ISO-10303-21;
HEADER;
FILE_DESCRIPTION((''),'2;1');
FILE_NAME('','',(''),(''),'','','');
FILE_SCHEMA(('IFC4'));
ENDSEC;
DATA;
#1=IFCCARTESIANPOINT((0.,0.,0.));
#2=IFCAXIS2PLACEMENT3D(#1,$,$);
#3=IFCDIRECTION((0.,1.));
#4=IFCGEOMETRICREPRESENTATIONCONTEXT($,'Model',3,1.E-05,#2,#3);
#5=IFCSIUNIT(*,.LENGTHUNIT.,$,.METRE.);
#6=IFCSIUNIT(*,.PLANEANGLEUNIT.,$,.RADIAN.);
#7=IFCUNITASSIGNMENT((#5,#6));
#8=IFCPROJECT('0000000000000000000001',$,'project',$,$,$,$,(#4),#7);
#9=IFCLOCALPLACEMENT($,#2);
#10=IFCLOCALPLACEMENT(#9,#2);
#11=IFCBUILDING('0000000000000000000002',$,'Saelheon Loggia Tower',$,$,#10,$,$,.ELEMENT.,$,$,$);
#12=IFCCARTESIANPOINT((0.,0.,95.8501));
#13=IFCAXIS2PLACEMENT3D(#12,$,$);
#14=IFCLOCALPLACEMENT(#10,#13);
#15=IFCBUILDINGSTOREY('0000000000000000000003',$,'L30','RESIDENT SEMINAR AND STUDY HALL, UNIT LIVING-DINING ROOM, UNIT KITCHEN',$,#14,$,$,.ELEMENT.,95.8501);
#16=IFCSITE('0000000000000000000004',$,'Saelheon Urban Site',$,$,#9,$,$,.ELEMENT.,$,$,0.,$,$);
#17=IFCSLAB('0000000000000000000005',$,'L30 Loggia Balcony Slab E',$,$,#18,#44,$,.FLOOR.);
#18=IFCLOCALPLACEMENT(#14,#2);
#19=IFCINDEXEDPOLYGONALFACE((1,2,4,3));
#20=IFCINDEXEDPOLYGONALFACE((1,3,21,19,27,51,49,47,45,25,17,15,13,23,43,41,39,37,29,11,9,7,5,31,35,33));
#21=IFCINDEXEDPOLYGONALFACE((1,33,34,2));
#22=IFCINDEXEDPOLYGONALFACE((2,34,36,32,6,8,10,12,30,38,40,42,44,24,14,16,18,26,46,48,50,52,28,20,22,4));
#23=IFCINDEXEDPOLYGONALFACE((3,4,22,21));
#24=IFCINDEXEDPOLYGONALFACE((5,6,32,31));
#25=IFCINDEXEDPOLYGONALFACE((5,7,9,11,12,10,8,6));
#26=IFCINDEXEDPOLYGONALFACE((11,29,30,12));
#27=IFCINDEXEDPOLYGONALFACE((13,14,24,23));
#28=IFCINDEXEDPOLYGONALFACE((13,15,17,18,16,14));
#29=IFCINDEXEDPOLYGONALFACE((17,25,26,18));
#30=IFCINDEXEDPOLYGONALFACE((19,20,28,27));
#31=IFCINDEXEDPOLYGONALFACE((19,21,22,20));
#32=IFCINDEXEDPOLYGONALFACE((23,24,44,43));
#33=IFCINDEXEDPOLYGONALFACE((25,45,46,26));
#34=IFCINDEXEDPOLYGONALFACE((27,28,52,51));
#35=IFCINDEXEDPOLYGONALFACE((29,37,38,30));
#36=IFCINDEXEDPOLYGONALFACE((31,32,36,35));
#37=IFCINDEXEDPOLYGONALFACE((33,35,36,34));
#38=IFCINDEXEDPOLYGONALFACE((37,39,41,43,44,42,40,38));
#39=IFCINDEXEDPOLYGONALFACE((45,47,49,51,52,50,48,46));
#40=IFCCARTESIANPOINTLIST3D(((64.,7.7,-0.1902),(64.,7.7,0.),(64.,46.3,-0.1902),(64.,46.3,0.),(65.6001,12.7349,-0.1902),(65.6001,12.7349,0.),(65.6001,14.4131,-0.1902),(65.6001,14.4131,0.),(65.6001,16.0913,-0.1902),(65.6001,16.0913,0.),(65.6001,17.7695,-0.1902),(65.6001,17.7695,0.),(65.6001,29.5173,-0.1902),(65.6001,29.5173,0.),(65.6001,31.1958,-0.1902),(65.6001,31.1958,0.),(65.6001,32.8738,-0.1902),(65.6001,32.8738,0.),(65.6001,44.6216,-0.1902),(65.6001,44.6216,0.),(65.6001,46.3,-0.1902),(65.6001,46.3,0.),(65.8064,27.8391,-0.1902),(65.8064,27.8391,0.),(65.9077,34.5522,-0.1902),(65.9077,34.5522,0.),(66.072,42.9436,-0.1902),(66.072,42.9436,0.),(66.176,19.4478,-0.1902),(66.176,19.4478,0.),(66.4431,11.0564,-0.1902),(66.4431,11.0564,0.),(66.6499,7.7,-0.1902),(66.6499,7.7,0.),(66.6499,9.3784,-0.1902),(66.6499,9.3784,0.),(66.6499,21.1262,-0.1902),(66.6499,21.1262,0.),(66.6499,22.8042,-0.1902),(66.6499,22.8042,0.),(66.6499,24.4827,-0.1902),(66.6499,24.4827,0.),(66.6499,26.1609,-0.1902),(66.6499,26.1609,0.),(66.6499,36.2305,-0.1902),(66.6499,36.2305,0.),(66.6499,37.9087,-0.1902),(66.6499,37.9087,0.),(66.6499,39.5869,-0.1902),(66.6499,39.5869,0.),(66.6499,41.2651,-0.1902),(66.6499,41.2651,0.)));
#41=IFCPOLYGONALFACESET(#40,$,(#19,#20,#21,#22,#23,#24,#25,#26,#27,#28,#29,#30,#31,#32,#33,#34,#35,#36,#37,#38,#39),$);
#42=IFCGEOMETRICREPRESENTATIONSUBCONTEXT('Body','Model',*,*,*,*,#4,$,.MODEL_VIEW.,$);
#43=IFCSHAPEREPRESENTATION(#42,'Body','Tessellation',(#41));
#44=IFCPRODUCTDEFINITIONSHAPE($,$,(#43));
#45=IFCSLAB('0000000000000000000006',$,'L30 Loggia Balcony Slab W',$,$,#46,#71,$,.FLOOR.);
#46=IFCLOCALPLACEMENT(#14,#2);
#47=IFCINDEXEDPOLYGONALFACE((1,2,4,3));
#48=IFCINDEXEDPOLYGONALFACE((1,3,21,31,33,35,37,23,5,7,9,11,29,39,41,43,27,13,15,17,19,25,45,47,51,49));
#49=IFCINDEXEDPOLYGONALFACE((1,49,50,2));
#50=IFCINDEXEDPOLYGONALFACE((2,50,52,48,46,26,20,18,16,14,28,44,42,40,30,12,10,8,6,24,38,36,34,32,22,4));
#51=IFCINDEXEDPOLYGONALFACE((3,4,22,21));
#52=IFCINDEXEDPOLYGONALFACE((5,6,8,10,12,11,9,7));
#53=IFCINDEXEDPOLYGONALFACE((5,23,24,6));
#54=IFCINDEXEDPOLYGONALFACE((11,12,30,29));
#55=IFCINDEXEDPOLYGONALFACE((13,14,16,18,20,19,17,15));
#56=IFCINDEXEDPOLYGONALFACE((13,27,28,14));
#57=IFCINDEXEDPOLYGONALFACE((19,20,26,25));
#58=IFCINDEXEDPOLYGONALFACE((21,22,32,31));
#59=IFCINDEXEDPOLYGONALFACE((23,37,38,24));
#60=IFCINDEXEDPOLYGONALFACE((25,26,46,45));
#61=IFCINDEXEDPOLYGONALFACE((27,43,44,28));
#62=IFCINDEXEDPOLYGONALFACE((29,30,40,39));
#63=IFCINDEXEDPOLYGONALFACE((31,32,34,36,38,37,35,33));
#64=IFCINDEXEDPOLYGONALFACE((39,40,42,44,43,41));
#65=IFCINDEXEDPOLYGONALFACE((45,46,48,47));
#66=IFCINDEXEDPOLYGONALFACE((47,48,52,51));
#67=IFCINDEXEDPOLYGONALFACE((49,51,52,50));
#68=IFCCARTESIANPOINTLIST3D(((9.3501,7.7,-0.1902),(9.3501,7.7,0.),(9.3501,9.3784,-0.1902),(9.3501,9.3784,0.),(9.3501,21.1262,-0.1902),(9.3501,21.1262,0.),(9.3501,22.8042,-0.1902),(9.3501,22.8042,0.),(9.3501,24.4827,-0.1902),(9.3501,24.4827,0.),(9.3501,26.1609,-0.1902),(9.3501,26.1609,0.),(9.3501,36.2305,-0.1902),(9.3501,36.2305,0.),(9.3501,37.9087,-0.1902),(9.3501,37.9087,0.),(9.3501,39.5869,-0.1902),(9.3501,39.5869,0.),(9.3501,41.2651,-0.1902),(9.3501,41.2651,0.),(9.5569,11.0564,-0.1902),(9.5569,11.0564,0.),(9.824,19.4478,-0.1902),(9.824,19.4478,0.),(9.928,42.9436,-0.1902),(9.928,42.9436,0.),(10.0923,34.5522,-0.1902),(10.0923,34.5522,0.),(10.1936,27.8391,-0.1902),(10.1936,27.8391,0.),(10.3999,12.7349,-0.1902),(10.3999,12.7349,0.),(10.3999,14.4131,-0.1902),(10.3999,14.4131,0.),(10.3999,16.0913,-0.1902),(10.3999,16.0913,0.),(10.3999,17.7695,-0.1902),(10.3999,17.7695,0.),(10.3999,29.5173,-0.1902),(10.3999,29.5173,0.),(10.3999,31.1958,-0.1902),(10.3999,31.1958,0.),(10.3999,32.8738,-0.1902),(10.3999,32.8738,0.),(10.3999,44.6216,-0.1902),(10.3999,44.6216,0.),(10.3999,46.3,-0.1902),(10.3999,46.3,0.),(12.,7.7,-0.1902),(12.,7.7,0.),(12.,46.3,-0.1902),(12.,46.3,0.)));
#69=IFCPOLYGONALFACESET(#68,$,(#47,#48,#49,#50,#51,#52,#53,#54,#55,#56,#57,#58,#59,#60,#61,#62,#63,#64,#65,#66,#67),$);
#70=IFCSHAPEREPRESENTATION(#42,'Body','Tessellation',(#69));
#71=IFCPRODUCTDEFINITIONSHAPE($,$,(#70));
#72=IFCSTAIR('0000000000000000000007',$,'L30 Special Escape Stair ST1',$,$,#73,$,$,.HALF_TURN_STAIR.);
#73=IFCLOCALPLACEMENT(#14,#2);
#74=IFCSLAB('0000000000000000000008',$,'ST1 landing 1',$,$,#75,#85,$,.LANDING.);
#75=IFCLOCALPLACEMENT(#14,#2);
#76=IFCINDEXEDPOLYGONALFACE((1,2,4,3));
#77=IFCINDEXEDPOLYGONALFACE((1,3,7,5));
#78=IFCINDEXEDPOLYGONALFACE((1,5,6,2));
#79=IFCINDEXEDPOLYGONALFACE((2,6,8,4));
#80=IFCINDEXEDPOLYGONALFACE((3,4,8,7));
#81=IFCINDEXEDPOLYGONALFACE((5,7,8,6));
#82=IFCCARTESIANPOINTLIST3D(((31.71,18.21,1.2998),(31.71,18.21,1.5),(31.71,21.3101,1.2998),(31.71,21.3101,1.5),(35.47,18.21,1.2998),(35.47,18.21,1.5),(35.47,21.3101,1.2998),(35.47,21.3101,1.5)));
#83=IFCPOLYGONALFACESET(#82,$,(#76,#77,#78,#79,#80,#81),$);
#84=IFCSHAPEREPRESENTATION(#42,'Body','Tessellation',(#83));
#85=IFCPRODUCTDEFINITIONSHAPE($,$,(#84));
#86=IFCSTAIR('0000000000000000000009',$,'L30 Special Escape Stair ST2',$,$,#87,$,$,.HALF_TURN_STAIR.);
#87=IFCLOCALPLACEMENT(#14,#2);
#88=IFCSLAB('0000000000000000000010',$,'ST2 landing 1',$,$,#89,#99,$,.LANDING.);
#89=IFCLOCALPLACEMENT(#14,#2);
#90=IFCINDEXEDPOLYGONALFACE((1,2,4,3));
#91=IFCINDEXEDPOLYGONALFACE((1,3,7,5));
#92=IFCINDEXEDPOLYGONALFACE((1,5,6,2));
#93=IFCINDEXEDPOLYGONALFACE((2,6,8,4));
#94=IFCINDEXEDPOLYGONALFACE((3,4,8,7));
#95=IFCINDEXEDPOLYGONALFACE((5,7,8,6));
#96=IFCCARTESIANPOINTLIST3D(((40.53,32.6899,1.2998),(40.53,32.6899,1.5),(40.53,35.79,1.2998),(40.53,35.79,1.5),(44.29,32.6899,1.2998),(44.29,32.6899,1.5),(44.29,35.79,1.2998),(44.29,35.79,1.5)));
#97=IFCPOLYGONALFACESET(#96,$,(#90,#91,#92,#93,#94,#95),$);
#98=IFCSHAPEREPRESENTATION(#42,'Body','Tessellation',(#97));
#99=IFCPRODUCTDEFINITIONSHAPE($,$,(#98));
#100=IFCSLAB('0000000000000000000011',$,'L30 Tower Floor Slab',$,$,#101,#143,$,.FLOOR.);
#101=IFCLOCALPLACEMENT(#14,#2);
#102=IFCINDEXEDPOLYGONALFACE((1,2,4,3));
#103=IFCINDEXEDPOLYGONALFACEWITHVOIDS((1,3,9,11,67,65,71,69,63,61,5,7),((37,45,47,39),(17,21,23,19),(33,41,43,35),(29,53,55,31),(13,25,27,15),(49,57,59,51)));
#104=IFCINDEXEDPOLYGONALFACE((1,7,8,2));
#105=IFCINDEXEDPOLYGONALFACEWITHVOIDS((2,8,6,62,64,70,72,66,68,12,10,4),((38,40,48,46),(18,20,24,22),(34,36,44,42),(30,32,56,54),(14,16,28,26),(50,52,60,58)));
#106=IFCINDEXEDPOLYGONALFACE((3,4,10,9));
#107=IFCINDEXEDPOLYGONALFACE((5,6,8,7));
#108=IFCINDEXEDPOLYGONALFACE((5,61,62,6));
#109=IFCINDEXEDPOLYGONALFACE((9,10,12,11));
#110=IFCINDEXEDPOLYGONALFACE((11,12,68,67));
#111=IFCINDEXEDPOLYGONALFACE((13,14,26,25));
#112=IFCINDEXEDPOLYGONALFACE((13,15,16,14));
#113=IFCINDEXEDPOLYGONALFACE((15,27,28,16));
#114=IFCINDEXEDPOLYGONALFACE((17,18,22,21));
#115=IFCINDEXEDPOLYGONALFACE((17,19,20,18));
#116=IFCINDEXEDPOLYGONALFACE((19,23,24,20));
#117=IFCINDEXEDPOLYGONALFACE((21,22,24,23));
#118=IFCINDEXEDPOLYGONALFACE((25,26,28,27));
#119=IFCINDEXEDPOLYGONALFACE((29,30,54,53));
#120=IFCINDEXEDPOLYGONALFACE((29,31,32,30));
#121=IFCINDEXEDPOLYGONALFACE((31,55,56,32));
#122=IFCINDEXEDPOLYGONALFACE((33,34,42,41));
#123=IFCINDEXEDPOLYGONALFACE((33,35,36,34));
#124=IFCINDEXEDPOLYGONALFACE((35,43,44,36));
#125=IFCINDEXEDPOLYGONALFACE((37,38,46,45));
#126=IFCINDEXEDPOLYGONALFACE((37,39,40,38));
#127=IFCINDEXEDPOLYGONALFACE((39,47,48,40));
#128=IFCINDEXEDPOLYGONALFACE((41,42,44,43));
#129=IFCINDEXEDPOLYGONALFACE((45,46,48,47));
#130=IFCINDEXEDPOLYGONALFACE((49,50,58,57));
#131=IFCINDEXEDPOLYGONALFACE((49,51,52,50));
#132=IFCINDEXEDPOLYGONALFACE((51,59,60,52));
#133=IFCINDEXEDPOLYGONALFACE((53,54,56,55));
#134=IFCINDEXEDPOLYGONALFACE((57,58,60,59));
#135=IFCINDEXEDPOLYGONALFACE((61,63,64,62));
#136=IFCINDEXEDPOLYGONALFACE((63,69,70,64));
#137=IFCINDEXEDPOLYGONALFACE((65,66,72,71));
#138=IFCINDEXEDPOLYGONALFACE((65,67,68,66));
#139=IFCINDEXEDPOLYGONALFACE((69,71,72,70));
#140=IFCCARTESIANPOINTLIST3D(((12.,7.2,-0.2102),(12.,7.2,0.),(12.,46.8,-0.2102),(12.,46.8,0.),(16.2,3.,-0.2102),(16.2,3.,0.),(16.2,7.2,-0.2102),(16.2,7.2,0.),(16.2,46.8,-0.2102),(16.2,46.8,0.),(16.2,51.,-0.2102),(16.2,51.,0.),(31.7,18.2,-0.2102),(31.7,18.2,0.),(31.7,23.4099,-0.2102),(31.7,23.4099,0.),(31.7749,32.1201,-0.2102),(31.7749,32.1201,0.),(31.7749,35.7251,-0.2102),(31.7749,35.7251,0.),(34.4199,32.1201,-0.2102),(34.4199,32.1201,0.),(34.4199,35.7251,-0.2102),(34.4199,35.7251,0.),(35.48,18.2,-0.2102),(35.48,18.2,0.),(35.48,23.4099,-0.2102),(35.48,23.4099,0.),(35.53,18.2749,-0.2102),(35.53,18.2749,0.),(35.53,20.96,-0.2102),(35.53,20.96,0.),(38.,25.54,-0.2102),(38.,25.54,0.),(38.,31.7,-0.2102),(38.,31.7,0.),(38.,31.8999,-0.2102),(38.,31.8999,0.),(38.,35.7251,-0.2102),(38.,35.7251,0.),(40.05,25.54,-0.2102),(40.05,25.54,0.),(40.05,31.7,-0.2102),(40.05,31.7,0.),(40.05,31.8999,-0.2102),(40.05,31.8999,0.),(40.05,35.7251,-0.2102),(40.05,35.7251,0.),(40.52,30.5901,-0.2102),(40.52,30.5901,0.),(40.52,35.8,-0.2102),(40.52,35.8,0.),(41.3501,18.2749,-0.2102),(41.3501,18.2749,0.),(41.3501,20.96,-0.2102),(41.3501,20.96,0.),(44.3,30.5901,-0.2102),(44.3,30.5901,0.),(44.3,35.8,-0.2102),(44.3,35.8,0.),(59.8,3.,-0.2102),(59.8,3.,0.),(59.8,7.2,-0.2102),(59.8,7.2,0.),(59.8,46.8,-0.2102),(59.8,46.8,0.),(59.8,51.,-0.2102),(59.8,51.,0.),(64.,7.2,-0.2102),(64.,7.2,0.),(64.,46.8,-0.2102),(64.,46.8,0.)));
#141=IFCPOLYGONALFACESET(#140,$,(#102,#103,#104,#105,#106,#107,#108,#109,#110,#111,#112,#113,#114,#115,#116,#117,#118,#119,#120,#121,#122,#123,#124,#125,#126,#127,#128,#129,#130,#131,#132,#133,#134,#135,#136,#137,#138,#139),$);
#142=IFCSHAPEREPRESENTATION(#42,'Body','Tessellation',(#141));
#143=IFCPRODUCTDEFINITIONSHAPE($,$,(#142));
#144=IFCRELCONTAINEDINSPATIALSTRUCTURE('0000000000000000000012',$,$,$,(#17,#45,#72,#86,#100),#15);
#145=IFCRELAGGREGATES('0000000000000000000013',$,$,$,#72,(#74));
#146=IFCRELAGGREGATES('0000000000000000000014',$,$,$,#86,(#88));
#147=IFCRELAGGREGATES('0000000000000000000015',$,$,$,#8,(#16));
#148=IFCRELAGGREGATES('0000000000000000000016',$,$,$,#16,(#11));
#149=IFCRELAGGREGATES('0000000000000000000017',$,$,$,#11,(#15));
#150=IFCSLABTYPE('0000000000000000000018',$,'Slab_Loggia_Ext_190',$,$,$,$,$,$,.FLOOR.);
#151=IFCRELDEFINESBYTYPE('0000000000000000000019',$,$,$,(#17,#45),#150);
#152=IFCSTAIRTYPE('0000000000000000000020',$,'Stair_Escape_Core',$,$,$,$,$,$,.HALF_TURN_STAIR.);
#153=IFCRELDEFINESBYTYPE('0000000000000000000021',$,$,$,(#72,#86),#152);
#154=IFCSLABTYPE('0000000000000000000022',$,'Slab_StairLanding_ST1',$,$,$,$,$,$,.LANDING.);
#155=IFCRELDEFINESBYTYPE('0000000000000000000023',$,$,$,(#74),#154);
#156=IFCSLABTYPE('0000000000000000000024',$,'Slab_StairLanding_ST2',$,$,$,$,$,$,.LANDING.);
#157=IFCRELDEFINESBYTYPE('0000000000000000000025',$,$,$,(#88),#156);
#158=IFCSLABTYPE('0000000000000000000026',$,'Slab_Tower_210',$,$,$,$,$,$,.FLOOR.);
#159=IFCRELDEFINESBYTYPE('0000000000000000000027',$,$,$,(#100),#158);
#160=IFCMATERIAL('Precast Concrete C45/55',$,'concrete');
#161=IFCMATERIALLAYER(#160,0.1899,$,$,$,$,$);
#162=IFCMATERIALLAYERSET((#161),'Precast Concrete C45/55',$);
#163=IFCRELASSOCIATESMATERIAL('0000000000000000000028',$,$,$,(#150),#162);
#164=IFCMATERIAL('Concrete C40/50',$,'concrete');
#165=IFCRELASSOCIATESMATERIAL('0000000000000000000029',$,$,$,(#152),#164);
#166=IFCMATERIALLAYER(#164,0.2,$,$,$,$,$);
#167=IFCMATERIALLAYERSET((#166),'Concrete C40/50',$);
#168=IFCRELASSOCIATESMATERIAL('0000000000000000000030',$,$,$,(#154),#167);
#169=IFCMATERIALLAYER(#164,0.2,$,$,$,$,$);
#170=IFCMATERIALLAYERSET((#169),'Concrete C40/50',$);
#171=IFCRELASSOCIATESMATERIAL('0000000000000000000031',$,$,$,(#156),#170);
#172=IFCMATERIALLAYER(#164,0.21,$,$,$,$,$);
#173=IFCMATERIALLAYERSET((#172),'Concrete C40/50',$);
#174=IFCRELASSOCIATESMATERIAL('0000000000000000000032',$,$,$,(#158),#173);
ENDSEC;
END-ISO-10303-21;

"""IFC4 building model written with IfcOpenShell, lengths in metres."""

from ifc_helpers import new_model, si_unit, direction, frame, origin, place, context, subcontext, project, spatial, polyline, outline, extrude, material, layer, layer_set, type_object, element, aggregate, save


model = new_model("IFC4")

# Units and contexts
model_context = context("Model", 3, precision=1e-05, world=origin(), true_north=direction((0.0, 1.0)))
body_context = subcontext(model_context, "Body", "Model", "MODEL_VIEW")
ifc_project = project(units=[si_unit("LENGTHUNIT", "METRE"), si_unit("PLANEANGLEUNIT", "RADIAN")], contexts=[model_context])

# Site, building, storey
site_placement = place(None, origin())
site = spatial("IfcSite", under=ifc_project, at=site_placement, Name="Saelheon Urban Site", CompositionType="ELEMENT", RefElevation=0.0)
building_placement = place(site_placement, origin())
building = spatial("IfcBuilding", under=site, at=building_placement, Name="Saelheon Loggia Tower", CompositionType="ELEMENT")
storey_placement = place(building_placement, frame((0.0, 0.0, 95.8501)))
storey = spatial("IfcBuildingStorey", under=building, at=storey_placement, Name="L30", Description="RESIDENT SEMINAR AND STUDY HALL, UNIT LIVING-DINING ROOM, UNIT KITCHEN", CompositionType="ELEMENT", Elevation=95.8501)

# Shared definitions
ifc_material_1 = material(Name="Precast Concrete C45/55", Category="concrete")

# Shared definitions
ifc_material_2 = material(Name="Concrete C40/50", Category="concrete")

# Slabs
ifc_layer_1 = layer(ifc_material_1, 0.1899)
ifc_layer_set_1 = layer_set([ifc_layer_1], Name="Precast Concrete C45/55")
slab_type_1 = type_object("IfcSlabType", Name="Slab_Loggia_Ext_190", PredefinedType="FLOOR", material=ifc_layer_set_1)
slab_1_placement = place(storey_placement, frame((0.0, 0.0, -0.1902)))
element("IfcSlab", 1, at=slab_1_placement, inside=storey, type_object=slab_type_1, Name="L30 Loggia Balcony Slab E", PredefinedType="FLOOR", context=body_context, shape_type="SweptSolid", body=[
    extrude(outline(polyline([(64.0, 7.7), (66.6499, 7.7), (66.6499, 9.3784), (66.4431, 11.0564), (65.6001, 12.7349), (65.6001, 14.4131), (65.6001, 16.0913), (65.6001, 17.7695), (66.176, 19.4478), (66.6499, 21.1262), (66.6499, 22.8042), (66.6499, 24.4827), (66.6499, 26.1609), (65.8064, 27.8391), (65.6001, 29.5173), (65.6001, 31.1958), (65.6001, 32.8738), (65.9077, 34.5522), (66.6499, 36.2305), (66.6499, 37.9087), (66.6499, 39.5869), (66.6499, 41.2651), (66.072, 42.9436), (65.6001, 44.6216), (65.6001, 46.3), (64.0, 46.3), (64.0, 7.7)])), origin(), (0.0, 0.0, 1.0), 0.1902),
])
slab_2_placement = place(storey_placement, frame((0.0, 0.0, -0.1902)))
element("IfcSlab", 2, at=slab_2_placement, inside=storey, type_object=slab_type_1, Name="L30 Loggia Balcony Slab W", PredefinedType="FLOOR", context=body_context, shape_type="SweptSolid", body=[
    extrude(outline(polyline([(12.0, 7.7), (12.0, 46.3), (10.3999, 46.3), (10.3999, 44.6216), (9.928, 42.9436), (9.3501, 41.2651), (9.3501, 39.5869), (9.3501, 37.9087), (9.3501, 36.2305), (10.0923, 34.5522), (10.3999, 32.8738), (10.3999, 31.1958), (10.3999, 29.5173), (10.1936, 27.8391), (9.3501, 26.1609), (9.3501, 24.4827), (9.3501, 22.8042), (9.3501, 21.1262), (9.824, 19.4478), (10.3999, 17.7695), (10.3999, 16.0913), (10.3999, 14.4131), (10.3999, 12.7349), (9.5569, 11.0564), (9.3501, 9.3784), (9.3501, 7.7), (12.0, 7.7)])), origin(), (0.0, 0.0, 1.0), 0.1902),
])

# Stairs, slabs
stair_type = type_object("IfcStairType", Name="Stair_Escape_Core", PredefinedType="HALF_TURN_STAIR", material=ifc_material_2)
stair_1_placement = place(storey_placement, origin())
stair_1 = element("IfcStair", 3, at=stair_1_placement, inside=storey, type_object=stair_type, Name="L30 Special Escape Stair ST1", PredefinedType="HALF_TURN_STAIR")
ifc_layer_2 = layer(ifc_material_2, 0.2)
ifc_layer_set_2 = layer_set([ifc_layer_2], Name="Concrete C40/50")
slab_type_2 = type_object("IfcSlabType", Name="Slab_StairLanding_ST1", PredefinedType="LANDING", material=ifc_layer_set_2)
slab_3_placement = place(storey_placement, frame((0.0, 0.0, 1.2998)))
slab_3 = element("IfcSlab", 4, at=slab_3_placement, type_object=slab_type_2, Name="ST1 landing 1", PredefinedType="LANDING", context=body_context, shape_type="SweptSolid", body=[
    extrude(outline(polyline([(31.71, 21.3101), (31.71, 18.21), (35.47, 18.21), (35.47, 21.3101), (31.71, 21.3101)])), origin(), (0.0, 0.0, 1.0), 0.2002),
])
aggregate(stair_1, [slab_3])
stair_2_placement = place(storey_placement, origin())
stair_2 = element("IfcStair", 5, at=stair_2_placement, inside=storey, type_object=stair_type, Name="L30 Special Escape Stair ST2", PredefinedType="HALF_TURN_STAIR")
ifc_layer_3 = layer(ifc_material_2, 0.2)
ifc_layer_set_3 = layer_set([ifc_layer_3], Name="Concrete C40/50")
slab_type_3 = type_object("IfcSlabType", Name="Slab_StairLanding_ST2", PredefinedType="LANDING", material=ifc_layer_set_3)
slab_4_placement = place(storey_placement, frame((0.0, 0.0, 1.2998)))
slab_4 = element("IfcSlab", 6, at=slab_4_placement, type_object=slab_type_3, Name="ST2 landing 1", PredefinedType="LANDING", context=body_context, shape_type="SweptSolid", body=[
    extrude(outline(polyline([(44.29, 32.6899), (44.29, 35.79), (40.53, 35.79), (40.53, 32.6899), (44.29, 32.6899)])), origin(), (0.0, 0.0, 1.0), 0.2002),
])
aggregate(stair_2, [slab_4])

# Slab
ifc_layer_4 = layer(ifc_material_2, 0.21)
ifc_layer_set_4 = layer_set([ifc_layer_4], Name="Concrete C40/50")
slab_type_4 = type_object("IfcSlabType", Name="Slab_Tower_210", PredefinedType="FLOOR", material=ifc_layer_set_4)
slab_5_placement = place(storey_placement, frame((0.0, 0.0, -0.2102)))
element("IfcSlab", 7, at=slab_5_placement, inside=storey, type_object=slab_type_4, Name="L30 Tower Floor Slab", PredefinedType="FLOOR", context=body_context, shape_type="SweptSolid", body=[
    extrude(outline(polyline([(16.2, 3.0), (59.8, 3.0), (59.8, 7.2), (64.0, 7.2), (64.0, 46.8), (59.8, 46.8), (59.8, 51.0), (16.2, 51.0), (16.2, 46.8), (12.0, 46.8), (12.0, 7.2), (16.2, 7.2), (16.2, 3.0)]), holes=[polyline([(31.7, 23.4099), (31.7, 18.2), (35.48, 18.2), (35.48, 23.4099), (31.7, 23.4099)]), polyline([(44.3, 30.5901), (44.3, 35.8), (40.52, 35.8), (40.52, 30.5901), (44.3, 30.5901)]), polyline([(35.53, 18.2749), (41.3501, 18.2749), (41.3501, 20.96), (35.53, 20.96), (35.53, 18.2749)]), polyline([(31.7749, 32.1201), (34.4199, 32.1201), (34.4199, 35.7251), (31.7749, 35.7251), (31.7749, 32.1201)]), polyline([(38.0, 31.8999), (40.05, 31.8999), (40.05, 35.7251), (38.0, 35.7251), (38.0, 31.8999)]), polyline([(38.0, 25.54), (40.05, 25.54), (40.05, 31.7), (38.0, 31.7), (38.0, 25.54)])]), origin(), (0.0, 0.0, 1.0), 0.2102),
])

save(model, "model.ifc")
